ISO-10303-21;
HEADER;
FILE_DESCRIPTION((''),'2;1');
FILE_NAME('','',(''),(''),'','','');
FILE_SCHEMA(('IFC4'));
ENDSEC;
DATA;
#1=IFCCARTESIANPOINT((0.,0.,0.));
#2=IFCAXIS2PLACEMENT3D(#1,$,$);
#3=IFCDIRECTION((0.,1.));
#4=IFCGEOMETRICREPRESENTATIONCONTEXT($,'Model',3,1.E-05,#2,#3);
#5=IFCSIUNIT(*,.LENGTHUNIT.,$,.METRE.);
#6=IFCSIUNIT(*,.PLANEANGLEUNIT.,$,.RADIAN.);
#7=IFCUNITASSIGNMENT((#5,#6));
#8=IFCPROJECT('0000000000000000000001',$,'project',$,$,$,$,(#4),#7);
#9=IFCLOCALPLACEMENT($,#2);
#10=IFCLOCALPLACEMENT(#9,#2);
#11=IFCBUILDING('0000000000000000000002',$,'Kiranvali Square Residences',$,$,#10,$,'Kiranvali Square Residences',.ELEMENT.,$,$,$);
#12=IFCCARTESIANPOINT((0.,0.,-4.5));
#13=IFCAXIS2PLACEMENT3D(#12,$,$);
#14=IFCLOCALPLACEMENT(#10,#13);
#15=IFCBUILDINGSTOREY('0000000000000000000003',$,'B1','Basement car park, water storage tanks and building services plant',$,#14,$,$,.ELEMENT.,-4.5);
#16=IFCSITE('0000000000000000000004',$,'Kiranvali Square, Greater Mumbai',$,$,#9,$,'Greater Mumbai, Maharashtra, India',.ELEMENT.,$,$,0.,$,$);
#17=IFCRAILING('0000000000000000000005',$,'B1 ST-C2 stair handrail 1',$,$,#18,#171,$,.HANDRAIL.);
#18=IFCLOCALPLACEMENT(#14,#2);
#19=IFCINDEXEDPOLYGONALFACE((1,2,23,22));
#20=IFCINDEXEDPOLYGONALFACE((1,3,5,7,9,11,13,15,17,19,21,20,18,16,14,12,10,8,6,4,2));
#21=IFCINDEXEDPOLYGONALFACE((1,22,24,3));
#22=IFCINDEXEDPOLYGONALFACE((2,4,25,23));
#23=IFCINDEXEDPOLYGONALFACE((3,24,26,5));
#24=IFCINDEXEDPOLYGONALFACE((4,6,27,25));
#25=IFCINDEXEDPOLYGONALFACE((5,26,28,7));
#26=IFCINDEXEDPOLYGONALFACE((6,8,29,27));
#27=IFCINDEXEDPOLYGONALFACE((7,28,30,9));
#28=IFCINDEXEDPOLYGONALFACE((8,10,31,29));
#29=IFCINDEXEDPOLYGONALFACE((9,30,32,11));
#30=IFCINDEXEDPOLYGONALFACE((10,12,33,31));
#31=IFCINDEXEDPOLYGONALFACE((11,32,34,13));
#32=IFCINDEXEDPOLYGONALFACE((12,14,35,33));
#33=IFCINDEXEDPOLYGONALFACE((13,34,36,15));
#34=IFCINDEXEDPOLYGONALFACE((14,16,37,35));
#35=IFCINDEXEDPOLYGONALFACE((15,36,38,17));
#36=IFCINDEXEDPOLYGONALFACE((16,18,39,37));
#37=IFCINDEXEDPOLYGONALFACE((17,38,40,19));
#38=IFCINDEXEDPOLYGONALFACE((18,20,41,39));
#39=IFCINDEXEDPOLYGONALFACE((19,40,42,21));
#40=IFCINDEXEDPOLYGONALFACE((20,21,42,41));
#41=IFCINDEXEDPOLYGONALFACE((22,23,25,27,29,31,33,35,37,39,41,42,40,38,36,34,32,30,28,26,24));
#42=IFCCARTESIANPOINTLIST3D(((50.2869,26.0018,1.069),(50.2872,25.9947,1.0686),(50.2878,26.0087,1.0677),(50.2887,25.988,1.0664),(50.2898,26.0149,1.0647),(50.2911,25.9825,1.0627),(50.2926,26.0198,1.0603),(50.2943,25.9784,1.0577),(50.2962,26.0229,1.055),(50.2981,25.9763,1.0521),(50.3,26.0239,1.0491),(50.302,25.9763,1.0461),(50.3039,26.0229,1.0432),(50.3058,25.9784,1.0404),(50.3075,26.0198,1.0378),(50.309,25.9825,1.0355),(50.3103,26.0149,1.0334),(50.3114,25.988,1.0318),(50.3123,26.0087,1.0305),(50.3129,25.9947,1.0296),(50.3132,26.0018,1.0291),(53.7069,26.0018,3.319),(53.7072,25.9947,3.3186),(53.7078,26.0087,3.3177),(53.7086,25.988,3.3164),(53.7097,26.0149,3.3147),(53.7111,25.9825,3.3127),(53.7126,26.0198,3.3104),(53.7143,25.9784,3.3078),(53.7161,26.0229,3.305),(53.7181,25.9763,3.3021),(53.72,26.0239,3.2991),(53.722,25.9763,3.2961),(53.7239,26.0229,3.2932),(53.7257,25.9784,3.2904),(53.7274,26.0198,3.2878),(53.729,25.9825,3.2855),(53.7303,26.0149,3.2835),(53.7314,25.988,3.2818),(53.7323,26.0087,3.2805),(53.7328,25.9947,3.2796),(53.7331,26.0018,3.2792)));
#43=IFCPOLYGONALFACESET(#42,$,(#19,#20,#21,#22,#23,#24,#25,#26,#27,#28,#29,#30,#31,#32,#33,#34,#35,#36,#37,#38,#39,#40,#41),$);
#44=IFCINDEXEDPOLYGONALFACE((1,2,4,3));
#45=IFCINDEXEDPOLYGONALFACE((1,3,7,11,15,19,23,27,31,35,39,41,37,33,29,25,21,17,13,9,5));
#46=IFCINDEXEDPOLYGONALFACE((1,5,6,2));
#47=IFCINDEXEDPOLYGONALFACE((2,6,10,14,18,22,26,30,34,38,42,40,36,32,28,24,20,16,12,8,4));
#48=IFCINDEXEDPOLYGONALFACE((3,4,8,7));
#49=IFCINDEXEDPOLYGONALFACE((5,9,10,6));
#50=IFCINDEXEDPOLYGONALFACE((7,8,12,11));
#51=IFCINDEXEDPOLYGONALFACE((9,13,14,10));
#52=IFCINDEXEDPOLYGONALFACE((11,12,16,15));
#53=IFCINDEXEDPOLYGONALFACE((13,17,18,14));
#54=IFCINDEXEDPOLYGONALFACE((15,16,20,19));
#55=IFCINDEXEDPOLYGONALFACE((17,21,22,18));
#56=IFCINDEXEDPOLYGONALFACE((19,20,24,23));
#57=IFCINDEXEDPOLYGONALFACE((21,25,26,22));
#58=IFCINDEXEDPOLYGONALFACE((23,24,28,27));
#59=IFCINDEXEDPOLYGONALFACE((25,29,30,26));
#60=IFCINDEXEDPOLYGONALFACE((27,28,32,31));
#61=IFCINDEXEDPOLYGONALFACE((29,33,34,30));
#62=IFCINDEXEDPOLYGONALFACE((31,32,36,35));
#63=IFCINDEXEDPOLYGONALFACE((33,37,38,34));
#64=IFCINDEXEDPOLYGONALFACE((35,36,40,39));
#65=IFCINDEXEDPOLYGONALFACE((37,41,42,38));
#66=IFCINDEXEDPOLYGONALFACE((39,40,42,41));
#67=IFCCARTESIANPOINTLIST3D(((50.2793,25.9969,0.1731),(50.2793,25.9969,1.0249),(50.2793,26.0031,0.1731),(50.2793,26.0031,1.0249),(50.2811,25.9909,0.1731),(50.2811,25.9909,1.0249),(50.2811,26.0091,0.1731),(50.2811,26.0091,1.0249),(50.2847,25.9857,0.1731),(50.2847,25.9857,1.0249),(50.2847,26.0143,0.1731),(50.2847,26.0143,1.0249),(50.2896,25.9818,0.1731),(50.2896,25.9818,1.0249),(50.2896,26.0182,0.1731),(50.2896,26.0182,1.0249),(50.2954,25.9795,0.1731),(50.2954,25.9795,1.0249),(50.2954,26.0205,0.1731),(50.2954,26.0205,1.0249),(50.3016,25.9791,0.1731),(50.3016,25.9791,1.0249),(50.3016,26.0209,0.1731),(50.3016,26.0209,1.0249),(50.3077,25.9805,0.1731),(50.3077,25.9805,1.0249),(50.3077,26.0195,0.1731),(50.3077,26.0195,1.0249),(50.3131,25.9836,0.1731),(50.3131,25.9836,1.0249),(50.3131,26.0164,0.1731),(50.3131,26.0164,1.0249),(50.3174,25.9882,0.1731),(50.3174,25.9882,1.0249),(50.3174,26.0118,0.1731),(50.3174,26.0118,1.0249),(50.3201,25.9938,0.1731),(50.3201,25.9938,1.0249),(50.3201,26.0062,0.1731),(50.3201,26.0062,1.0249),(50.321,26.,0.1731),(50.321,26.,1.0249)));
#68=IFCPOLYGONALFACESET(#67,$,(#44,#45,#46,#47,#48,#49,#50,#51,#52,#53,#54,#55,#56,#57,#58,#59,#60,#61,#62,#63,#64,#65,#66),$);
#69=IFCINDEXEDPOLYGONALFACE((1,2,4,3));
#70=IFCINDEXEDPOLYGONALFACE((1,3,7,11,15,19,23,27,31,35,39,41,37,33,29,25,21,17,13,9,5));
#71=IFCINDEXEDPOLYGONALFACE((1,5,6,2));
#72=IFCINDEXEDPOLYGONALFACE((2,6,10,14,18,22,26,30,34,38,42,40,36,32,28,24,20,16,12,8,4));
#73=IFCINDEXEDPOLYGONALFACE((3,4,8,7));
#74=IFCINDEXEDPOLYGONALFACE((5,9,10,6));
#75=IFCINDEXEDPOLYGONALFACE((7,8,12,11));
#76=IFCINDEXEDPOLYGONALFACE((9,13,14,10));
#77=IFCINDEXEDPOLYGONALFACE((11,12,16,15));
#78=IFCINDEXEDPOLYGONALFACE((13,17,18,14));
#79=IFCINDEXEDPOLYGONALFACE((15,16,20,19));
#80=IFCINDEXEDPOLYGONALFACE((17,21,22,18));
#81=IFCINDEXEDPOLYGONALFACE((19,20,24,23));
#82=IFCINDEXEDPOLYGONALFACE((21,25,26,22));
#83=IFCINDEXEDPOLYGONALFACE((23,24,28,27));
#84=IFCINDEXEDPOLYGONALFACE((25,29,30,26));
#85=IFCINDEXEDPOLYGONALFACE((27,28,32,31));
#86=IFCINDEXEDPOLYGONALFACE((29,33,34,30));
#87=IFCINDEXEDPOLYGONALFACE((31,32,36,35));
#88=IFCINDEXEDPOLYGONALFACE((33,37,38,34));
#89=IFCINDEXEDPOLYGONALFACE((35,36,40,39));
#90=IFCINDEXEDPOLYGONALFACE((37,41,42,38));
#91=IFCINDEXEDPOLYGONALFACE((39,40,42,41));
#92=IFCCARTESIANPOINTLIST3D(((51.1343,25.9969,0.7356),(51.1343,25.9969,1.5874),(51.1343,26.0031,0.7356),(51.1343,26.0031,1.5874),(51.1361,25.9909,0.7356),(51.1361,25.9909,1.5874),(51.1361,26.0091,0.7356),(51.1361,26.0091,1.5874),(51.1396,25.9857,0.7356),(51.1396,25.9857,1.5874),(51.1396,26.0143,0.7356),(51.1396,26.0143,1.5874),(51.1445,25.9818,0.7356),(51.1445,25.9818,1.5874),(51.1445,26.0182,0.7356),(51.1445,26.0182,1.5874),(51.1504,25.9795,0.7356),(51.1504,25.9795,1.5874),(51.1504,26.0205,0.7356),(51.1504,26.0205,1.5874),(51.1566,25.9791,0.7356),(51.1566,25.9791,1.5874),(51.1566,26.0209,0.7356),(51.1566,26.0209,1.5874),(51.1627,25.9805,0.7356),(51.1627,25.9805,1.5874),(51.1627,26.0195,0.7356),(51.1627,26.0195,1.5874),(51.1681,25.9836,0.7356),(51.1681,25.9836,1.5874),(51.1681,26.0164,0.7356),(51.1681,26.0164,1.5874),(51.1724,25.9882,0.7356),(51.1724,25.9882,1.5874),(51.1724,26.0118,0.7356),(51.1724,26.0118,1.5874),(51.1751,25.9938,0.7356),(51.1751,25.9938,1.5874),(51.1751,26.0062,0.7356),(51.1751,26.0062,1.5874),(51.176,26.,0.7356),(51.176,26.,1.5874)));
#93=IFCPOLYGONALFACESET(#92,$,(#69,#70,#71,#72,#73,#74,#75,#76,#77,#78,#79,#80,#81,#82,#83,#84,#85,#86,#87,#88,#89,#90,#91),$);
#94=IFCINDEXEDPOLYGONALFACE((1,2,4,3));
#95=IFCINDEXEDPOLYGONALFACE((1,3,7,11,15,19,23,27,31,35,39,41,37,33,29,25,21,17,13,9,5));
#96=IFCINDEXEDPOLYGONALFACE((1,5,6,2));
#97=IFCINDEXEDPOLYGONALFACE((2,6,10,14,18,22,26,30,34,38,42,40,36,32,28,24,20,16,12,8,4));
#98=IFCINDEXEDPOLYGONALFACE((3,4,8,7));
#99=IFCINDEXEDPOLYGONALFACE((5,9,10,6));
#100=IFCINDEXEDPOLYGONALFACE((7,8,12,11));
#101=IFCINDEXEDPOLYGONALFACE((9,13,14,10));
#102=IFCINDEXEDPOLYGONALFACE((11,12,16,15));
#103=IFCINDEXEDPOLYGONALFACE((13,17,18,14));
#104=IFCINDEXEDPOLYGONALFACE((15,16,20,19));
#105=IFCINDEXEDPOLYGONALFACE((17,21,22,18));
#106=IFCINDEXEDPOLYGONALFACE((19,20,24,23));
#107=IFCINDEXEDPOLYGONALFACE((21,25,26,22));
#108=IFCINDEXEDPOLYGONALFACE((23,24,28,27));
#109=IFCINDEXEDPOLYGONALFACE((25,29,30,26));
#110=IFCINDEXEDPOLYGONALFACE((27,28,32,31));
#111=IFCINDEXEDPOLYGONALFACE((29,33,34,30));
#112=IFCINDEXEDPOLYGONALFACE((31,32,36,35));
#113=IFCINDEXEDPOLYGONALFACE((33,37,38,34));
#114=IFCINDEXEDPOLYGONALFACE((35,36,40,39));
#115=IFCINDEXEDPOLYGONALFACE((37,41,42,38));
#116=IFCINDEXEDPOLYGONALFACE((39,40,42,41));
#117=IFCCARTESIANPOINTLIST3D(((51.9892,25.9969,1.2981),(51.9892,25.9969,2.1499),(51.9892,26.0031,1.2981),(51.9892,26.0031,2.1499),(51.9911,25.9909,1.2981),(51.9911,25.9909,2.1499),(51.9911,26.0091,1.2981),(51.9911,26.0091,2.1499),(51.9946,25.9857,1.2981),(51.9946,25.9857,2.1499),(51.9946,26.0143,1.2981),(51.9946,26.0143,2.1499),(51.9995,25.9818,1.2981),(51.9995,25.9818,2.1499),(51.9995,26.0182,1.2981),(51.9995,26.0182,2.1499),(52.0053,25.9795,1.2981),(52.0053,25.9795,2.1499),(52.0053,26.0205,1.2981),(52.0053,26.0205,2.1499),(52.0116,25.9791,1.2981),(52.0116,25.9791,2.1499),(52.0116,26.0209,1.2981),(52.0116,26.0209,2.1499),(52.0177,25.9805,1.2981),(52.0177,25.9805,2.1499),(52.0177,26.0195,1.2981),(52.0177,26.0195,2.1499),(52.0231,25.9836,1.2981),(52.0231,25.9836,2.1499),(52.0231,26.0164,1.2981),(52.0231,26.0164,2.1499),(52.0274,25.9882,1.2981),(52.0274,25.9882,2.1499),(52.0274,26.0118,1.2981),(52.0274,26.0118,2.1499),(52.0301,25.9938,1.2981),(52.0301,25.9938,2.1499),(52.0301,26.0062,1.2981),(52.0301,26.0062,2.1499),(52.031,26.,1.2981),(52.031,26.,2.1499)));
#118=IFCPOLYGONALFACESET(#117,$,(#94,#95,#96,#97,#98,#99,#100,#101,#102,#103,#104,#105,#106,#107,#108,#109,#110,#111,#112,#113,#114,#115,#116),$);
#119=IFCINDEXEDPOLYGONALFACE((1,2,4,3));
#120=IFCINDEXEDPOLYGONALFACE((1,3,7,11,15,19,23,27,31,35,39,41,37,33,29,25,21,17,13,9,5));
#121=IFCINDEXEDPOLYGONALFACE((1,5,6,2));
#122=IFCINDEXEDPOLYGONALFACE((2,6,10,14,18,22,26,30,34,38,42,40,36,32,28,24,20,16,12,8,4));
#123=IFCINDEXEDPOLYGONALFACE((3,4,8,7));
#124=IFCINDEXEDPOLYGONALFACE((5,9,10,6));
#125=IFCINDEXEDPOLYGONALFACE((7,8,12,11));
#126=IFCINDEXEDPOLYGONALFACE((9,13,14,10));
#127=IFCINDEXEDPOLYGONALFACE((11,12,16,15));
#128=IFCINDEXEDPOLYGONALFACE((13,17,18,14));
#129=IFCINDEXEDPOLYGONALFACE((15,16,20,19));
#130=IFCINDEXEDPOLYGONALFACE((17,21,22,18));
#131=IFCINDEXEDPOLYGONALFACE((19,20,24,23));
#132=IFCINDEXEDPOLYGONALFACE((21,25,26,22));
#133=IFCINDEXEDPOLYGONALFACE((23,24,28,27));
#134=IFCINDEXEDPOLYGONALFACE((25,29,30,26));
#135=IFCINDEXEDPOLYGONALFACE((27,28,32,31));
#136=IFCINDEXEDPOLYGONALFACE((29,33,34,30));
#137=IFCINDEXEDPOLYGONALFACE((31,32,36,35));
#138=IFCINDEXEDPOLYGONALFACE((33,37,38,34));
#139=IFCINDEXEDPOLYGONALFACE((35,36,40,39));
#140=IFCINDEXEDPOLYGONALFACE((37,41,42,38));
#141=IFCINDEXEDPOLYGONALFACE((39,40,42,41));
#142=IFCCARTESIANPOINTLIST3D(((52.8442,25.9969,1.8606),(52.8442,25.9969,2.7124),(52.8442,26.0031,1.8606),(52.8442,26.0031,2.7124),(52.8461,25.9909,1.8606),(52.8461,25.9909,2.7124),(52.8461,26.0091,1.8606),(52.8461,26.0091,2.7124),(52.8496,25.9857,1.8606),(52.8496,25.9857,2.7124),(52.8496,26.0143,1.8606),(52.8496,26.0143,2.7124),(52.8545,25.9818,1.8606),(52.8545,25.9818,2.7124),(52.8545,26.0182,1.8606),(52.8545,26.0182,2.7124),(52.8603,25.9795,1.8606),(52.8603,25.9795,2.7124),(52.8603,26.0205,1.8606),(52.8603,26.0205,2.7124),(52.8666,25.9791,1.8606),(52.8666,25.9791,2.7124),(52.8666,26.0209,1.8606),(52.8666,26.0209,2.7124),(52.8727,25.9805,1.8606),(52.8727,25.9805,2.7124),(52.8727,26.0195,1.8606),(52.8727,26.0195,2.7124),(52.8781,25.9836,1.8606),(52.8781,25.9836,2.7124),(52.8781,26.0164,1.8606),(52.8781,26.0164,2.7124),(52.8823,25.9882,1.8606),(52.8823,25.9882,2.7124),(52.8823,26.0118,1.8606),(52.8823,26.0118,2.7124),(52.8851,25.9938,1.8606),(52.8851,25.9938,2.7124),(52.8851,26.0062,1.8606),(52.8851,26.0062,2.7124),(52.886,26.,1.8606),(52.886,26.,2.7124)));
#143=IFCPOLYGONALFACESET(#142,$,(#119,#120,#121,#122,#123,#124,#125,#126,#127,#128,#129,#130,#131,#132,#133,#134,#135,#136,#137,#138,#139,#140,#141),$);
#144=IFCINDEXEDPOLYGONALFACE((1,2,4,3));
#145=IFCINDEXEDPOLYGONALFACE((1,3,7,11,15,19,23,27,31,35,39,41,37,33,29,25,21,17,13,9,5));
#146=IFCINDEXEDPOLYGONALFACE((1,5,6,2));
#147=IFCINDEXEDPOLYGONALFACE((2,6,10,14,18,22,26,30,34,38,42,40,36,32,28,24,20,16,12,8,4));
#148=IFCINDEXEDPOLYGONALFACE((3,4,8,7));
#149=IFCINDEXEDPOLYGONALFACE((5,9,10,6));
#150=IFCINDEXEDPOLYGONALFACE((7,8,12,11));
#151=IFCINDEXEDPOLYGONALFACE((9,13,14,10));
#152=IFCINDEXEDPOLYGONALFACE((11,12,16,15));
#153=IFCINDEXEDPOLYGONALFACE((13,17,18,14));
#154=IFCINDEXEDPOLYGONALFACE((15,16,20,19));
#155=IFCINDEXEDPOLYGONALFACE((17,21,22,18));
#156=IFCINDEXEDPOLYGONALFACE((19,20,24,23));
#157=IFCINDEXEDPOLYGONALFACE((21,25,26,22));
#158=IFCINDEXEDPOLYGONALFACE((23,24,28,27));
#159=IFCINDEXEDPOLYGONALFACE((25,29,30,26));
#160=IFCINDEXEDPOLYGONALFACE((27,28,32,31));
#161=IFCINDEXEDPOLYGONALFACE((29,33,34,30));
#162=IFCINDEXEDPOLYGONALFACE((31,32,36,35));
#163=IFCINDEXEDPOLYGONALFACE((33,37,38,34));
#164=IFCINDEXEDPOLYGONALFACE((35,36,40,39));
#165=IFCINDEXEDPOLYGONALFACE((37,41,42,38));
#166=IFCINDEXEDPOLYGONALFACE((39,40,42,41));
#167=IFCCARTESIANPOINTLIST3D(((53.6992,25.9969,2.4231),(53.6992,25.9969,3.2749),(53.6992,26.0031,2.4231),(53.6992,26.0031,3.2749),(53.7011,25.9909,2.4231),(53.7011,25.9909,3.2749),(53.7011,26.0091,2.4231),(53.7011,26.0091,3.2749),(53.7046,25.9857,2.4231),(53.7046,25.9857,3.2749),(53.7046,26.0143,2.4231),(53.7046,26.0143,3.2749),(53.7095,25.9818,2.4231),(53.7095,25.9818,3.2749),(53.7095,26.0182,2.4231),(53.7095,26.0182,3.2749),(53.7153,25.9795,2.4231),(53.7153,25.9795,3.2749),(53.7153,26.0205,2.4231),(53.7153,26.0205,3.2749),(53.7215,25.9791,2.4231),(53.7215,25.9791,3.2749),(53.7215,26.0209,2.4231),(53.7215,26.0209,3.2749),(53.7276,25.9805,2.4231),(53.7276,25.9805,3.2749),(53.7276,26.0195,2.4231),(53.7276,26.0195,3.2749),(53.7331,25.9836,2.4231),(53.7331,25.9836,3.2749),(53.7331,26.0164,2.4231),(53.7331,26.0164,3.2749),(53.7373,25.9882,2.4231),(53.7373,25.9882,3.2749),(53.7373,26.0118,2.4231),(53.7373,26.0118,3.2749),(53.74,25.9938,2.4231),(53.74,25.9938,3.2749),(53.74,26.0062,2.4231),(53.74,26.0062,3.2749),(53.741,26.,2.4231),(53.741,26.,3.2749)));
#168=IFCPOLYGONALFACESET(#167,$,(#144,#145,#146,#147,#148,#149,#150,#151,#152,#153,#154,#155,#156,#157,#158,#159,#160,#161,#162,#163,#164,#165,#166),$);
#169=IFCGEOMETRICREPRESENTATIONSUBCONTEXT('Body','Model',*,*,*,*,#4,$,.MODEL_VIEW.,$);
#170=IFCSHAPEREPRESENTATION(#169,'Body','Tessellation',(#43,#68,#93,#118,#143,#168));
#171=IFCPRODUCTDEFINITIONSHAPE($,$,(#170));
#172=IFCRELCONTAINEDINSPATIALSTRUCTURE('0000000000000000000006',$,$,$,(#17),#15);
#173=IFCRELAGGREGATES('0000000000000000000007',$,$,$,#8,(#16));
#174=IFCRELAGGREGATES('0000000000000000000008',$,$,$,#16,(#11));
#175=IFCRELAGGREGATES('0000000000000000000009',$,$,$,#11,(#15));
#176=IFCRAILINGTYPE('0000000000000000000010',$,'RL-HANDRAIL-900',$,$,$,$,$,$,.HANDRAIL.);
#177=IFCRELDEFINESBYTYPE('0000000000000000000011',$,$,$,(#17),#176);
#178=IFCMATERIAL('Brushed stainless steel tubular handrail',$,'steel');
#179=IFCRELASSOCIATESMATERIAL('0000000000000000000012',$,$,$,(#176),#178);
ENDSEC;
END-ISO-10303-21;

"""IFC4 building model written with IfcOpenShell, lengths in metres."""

from ifc_helpers import new_model, si_unit, direction, frame, origin, origin_2d, place, context, subcontext, project, spatial, circle, extrude, material, type_object, element, save


model = new_model("IFC4")

# Units and contexts
model_context = context("Model", 3, precision=1e-05, world=origin(), true_north=direction((0.0, 1.0)))
body_context = subcontext(model_context, "Body", "Model", "MODEL_VIEW")
ifc_project = project(units=[si_unit("LENGTHUNIT", "METRE"), si_unit("PLANEANGLEUNIT", "RADIAN")], contexts=[model_context])

# Site, building, storey
site_placement = place(None, origin())
site = spatial("IfcSite", under=ifc_project, at=site_placement, Name="Kiranvali Square, Greater Mumbai", LongName="Greater Mumbai, Maharashtra, India", CompositionType="ELEMENT", RefElevation=0.0)
building_placement = place(site_placement, origin())
building = spatial("IfcBuilding", under=site, at=building_placement, Name="Kiranvali Square Residences", LongName="Kiranvali Square Residences", CompositionType="ELEMENT")
storey_placement = place(building_placement, frame((0.0, 0.0, -4.5)))
storey = spatial("IfcBuildingStorey", under=building, at=storey_placement, Name="B1", Description="Basement car park, water storage tanks and building services plant", CompositionType="ELEMENT", Elevation=-4.5)

# Railing
ifc_material_1 = material(Name="Brushed stainless steel tubular handrail", Category="steel")
railing_type_1 = type_object("IfcRailingType", Name="RL-HANDRAIL-900", PredefinedType="HANDRAIL", material=ifc_material_1)
railing_1_placement = place(storey_placement, frame((50.3, 26.0, 0.1731)))
element("IfcRailing", 1, at=railing_1_placement, inside=storey, type_object=railing_type_1, Name="B1 ST-C2 stair handrail 1", PredefinedType="HANDRAIL", context=body_context, shape_type="SweptSolid", body=[
    extrude(circle(Radius=0.0239, at=origin_2d()), frame((0.0, 0.0, 0.876), z_axis=(0.835411, 0.0, 0.549625), x_axis=(0.0, 1.0, 0.0)), (0.0, 0.0, 1.0), 4.0938),
    extrude(circle(Radius=0.021, at=origin_2d()), origin(), (0.0, 0.0, 1.0), 0.8518),
    extrude(circle(Radius=0.021, at=origin_2d()), frame((0.855, 0.0, 0.5625)), (0.0, 0.0, 1.0), 0.8518),
    extrude(circle(Radius=0.021, at=origin_2d()), frame((1.71, 0.0, 1.125)), (0.0, 0.0, 1.0), 0.8518),
    extrude(circle(Radius=0.021, at=origin_2d()), frame((2.5649, 0.0, 1.6875)), (0.0, 0.0, 1.0), 0.8518),
    extrude(circle(Radius=0.021, at=origin_2d()), frame((3.4199, 0.0, 2.25)), (0.0, 0.0, 1.0), 0.8518),
])

save(model, "model.ifc")
